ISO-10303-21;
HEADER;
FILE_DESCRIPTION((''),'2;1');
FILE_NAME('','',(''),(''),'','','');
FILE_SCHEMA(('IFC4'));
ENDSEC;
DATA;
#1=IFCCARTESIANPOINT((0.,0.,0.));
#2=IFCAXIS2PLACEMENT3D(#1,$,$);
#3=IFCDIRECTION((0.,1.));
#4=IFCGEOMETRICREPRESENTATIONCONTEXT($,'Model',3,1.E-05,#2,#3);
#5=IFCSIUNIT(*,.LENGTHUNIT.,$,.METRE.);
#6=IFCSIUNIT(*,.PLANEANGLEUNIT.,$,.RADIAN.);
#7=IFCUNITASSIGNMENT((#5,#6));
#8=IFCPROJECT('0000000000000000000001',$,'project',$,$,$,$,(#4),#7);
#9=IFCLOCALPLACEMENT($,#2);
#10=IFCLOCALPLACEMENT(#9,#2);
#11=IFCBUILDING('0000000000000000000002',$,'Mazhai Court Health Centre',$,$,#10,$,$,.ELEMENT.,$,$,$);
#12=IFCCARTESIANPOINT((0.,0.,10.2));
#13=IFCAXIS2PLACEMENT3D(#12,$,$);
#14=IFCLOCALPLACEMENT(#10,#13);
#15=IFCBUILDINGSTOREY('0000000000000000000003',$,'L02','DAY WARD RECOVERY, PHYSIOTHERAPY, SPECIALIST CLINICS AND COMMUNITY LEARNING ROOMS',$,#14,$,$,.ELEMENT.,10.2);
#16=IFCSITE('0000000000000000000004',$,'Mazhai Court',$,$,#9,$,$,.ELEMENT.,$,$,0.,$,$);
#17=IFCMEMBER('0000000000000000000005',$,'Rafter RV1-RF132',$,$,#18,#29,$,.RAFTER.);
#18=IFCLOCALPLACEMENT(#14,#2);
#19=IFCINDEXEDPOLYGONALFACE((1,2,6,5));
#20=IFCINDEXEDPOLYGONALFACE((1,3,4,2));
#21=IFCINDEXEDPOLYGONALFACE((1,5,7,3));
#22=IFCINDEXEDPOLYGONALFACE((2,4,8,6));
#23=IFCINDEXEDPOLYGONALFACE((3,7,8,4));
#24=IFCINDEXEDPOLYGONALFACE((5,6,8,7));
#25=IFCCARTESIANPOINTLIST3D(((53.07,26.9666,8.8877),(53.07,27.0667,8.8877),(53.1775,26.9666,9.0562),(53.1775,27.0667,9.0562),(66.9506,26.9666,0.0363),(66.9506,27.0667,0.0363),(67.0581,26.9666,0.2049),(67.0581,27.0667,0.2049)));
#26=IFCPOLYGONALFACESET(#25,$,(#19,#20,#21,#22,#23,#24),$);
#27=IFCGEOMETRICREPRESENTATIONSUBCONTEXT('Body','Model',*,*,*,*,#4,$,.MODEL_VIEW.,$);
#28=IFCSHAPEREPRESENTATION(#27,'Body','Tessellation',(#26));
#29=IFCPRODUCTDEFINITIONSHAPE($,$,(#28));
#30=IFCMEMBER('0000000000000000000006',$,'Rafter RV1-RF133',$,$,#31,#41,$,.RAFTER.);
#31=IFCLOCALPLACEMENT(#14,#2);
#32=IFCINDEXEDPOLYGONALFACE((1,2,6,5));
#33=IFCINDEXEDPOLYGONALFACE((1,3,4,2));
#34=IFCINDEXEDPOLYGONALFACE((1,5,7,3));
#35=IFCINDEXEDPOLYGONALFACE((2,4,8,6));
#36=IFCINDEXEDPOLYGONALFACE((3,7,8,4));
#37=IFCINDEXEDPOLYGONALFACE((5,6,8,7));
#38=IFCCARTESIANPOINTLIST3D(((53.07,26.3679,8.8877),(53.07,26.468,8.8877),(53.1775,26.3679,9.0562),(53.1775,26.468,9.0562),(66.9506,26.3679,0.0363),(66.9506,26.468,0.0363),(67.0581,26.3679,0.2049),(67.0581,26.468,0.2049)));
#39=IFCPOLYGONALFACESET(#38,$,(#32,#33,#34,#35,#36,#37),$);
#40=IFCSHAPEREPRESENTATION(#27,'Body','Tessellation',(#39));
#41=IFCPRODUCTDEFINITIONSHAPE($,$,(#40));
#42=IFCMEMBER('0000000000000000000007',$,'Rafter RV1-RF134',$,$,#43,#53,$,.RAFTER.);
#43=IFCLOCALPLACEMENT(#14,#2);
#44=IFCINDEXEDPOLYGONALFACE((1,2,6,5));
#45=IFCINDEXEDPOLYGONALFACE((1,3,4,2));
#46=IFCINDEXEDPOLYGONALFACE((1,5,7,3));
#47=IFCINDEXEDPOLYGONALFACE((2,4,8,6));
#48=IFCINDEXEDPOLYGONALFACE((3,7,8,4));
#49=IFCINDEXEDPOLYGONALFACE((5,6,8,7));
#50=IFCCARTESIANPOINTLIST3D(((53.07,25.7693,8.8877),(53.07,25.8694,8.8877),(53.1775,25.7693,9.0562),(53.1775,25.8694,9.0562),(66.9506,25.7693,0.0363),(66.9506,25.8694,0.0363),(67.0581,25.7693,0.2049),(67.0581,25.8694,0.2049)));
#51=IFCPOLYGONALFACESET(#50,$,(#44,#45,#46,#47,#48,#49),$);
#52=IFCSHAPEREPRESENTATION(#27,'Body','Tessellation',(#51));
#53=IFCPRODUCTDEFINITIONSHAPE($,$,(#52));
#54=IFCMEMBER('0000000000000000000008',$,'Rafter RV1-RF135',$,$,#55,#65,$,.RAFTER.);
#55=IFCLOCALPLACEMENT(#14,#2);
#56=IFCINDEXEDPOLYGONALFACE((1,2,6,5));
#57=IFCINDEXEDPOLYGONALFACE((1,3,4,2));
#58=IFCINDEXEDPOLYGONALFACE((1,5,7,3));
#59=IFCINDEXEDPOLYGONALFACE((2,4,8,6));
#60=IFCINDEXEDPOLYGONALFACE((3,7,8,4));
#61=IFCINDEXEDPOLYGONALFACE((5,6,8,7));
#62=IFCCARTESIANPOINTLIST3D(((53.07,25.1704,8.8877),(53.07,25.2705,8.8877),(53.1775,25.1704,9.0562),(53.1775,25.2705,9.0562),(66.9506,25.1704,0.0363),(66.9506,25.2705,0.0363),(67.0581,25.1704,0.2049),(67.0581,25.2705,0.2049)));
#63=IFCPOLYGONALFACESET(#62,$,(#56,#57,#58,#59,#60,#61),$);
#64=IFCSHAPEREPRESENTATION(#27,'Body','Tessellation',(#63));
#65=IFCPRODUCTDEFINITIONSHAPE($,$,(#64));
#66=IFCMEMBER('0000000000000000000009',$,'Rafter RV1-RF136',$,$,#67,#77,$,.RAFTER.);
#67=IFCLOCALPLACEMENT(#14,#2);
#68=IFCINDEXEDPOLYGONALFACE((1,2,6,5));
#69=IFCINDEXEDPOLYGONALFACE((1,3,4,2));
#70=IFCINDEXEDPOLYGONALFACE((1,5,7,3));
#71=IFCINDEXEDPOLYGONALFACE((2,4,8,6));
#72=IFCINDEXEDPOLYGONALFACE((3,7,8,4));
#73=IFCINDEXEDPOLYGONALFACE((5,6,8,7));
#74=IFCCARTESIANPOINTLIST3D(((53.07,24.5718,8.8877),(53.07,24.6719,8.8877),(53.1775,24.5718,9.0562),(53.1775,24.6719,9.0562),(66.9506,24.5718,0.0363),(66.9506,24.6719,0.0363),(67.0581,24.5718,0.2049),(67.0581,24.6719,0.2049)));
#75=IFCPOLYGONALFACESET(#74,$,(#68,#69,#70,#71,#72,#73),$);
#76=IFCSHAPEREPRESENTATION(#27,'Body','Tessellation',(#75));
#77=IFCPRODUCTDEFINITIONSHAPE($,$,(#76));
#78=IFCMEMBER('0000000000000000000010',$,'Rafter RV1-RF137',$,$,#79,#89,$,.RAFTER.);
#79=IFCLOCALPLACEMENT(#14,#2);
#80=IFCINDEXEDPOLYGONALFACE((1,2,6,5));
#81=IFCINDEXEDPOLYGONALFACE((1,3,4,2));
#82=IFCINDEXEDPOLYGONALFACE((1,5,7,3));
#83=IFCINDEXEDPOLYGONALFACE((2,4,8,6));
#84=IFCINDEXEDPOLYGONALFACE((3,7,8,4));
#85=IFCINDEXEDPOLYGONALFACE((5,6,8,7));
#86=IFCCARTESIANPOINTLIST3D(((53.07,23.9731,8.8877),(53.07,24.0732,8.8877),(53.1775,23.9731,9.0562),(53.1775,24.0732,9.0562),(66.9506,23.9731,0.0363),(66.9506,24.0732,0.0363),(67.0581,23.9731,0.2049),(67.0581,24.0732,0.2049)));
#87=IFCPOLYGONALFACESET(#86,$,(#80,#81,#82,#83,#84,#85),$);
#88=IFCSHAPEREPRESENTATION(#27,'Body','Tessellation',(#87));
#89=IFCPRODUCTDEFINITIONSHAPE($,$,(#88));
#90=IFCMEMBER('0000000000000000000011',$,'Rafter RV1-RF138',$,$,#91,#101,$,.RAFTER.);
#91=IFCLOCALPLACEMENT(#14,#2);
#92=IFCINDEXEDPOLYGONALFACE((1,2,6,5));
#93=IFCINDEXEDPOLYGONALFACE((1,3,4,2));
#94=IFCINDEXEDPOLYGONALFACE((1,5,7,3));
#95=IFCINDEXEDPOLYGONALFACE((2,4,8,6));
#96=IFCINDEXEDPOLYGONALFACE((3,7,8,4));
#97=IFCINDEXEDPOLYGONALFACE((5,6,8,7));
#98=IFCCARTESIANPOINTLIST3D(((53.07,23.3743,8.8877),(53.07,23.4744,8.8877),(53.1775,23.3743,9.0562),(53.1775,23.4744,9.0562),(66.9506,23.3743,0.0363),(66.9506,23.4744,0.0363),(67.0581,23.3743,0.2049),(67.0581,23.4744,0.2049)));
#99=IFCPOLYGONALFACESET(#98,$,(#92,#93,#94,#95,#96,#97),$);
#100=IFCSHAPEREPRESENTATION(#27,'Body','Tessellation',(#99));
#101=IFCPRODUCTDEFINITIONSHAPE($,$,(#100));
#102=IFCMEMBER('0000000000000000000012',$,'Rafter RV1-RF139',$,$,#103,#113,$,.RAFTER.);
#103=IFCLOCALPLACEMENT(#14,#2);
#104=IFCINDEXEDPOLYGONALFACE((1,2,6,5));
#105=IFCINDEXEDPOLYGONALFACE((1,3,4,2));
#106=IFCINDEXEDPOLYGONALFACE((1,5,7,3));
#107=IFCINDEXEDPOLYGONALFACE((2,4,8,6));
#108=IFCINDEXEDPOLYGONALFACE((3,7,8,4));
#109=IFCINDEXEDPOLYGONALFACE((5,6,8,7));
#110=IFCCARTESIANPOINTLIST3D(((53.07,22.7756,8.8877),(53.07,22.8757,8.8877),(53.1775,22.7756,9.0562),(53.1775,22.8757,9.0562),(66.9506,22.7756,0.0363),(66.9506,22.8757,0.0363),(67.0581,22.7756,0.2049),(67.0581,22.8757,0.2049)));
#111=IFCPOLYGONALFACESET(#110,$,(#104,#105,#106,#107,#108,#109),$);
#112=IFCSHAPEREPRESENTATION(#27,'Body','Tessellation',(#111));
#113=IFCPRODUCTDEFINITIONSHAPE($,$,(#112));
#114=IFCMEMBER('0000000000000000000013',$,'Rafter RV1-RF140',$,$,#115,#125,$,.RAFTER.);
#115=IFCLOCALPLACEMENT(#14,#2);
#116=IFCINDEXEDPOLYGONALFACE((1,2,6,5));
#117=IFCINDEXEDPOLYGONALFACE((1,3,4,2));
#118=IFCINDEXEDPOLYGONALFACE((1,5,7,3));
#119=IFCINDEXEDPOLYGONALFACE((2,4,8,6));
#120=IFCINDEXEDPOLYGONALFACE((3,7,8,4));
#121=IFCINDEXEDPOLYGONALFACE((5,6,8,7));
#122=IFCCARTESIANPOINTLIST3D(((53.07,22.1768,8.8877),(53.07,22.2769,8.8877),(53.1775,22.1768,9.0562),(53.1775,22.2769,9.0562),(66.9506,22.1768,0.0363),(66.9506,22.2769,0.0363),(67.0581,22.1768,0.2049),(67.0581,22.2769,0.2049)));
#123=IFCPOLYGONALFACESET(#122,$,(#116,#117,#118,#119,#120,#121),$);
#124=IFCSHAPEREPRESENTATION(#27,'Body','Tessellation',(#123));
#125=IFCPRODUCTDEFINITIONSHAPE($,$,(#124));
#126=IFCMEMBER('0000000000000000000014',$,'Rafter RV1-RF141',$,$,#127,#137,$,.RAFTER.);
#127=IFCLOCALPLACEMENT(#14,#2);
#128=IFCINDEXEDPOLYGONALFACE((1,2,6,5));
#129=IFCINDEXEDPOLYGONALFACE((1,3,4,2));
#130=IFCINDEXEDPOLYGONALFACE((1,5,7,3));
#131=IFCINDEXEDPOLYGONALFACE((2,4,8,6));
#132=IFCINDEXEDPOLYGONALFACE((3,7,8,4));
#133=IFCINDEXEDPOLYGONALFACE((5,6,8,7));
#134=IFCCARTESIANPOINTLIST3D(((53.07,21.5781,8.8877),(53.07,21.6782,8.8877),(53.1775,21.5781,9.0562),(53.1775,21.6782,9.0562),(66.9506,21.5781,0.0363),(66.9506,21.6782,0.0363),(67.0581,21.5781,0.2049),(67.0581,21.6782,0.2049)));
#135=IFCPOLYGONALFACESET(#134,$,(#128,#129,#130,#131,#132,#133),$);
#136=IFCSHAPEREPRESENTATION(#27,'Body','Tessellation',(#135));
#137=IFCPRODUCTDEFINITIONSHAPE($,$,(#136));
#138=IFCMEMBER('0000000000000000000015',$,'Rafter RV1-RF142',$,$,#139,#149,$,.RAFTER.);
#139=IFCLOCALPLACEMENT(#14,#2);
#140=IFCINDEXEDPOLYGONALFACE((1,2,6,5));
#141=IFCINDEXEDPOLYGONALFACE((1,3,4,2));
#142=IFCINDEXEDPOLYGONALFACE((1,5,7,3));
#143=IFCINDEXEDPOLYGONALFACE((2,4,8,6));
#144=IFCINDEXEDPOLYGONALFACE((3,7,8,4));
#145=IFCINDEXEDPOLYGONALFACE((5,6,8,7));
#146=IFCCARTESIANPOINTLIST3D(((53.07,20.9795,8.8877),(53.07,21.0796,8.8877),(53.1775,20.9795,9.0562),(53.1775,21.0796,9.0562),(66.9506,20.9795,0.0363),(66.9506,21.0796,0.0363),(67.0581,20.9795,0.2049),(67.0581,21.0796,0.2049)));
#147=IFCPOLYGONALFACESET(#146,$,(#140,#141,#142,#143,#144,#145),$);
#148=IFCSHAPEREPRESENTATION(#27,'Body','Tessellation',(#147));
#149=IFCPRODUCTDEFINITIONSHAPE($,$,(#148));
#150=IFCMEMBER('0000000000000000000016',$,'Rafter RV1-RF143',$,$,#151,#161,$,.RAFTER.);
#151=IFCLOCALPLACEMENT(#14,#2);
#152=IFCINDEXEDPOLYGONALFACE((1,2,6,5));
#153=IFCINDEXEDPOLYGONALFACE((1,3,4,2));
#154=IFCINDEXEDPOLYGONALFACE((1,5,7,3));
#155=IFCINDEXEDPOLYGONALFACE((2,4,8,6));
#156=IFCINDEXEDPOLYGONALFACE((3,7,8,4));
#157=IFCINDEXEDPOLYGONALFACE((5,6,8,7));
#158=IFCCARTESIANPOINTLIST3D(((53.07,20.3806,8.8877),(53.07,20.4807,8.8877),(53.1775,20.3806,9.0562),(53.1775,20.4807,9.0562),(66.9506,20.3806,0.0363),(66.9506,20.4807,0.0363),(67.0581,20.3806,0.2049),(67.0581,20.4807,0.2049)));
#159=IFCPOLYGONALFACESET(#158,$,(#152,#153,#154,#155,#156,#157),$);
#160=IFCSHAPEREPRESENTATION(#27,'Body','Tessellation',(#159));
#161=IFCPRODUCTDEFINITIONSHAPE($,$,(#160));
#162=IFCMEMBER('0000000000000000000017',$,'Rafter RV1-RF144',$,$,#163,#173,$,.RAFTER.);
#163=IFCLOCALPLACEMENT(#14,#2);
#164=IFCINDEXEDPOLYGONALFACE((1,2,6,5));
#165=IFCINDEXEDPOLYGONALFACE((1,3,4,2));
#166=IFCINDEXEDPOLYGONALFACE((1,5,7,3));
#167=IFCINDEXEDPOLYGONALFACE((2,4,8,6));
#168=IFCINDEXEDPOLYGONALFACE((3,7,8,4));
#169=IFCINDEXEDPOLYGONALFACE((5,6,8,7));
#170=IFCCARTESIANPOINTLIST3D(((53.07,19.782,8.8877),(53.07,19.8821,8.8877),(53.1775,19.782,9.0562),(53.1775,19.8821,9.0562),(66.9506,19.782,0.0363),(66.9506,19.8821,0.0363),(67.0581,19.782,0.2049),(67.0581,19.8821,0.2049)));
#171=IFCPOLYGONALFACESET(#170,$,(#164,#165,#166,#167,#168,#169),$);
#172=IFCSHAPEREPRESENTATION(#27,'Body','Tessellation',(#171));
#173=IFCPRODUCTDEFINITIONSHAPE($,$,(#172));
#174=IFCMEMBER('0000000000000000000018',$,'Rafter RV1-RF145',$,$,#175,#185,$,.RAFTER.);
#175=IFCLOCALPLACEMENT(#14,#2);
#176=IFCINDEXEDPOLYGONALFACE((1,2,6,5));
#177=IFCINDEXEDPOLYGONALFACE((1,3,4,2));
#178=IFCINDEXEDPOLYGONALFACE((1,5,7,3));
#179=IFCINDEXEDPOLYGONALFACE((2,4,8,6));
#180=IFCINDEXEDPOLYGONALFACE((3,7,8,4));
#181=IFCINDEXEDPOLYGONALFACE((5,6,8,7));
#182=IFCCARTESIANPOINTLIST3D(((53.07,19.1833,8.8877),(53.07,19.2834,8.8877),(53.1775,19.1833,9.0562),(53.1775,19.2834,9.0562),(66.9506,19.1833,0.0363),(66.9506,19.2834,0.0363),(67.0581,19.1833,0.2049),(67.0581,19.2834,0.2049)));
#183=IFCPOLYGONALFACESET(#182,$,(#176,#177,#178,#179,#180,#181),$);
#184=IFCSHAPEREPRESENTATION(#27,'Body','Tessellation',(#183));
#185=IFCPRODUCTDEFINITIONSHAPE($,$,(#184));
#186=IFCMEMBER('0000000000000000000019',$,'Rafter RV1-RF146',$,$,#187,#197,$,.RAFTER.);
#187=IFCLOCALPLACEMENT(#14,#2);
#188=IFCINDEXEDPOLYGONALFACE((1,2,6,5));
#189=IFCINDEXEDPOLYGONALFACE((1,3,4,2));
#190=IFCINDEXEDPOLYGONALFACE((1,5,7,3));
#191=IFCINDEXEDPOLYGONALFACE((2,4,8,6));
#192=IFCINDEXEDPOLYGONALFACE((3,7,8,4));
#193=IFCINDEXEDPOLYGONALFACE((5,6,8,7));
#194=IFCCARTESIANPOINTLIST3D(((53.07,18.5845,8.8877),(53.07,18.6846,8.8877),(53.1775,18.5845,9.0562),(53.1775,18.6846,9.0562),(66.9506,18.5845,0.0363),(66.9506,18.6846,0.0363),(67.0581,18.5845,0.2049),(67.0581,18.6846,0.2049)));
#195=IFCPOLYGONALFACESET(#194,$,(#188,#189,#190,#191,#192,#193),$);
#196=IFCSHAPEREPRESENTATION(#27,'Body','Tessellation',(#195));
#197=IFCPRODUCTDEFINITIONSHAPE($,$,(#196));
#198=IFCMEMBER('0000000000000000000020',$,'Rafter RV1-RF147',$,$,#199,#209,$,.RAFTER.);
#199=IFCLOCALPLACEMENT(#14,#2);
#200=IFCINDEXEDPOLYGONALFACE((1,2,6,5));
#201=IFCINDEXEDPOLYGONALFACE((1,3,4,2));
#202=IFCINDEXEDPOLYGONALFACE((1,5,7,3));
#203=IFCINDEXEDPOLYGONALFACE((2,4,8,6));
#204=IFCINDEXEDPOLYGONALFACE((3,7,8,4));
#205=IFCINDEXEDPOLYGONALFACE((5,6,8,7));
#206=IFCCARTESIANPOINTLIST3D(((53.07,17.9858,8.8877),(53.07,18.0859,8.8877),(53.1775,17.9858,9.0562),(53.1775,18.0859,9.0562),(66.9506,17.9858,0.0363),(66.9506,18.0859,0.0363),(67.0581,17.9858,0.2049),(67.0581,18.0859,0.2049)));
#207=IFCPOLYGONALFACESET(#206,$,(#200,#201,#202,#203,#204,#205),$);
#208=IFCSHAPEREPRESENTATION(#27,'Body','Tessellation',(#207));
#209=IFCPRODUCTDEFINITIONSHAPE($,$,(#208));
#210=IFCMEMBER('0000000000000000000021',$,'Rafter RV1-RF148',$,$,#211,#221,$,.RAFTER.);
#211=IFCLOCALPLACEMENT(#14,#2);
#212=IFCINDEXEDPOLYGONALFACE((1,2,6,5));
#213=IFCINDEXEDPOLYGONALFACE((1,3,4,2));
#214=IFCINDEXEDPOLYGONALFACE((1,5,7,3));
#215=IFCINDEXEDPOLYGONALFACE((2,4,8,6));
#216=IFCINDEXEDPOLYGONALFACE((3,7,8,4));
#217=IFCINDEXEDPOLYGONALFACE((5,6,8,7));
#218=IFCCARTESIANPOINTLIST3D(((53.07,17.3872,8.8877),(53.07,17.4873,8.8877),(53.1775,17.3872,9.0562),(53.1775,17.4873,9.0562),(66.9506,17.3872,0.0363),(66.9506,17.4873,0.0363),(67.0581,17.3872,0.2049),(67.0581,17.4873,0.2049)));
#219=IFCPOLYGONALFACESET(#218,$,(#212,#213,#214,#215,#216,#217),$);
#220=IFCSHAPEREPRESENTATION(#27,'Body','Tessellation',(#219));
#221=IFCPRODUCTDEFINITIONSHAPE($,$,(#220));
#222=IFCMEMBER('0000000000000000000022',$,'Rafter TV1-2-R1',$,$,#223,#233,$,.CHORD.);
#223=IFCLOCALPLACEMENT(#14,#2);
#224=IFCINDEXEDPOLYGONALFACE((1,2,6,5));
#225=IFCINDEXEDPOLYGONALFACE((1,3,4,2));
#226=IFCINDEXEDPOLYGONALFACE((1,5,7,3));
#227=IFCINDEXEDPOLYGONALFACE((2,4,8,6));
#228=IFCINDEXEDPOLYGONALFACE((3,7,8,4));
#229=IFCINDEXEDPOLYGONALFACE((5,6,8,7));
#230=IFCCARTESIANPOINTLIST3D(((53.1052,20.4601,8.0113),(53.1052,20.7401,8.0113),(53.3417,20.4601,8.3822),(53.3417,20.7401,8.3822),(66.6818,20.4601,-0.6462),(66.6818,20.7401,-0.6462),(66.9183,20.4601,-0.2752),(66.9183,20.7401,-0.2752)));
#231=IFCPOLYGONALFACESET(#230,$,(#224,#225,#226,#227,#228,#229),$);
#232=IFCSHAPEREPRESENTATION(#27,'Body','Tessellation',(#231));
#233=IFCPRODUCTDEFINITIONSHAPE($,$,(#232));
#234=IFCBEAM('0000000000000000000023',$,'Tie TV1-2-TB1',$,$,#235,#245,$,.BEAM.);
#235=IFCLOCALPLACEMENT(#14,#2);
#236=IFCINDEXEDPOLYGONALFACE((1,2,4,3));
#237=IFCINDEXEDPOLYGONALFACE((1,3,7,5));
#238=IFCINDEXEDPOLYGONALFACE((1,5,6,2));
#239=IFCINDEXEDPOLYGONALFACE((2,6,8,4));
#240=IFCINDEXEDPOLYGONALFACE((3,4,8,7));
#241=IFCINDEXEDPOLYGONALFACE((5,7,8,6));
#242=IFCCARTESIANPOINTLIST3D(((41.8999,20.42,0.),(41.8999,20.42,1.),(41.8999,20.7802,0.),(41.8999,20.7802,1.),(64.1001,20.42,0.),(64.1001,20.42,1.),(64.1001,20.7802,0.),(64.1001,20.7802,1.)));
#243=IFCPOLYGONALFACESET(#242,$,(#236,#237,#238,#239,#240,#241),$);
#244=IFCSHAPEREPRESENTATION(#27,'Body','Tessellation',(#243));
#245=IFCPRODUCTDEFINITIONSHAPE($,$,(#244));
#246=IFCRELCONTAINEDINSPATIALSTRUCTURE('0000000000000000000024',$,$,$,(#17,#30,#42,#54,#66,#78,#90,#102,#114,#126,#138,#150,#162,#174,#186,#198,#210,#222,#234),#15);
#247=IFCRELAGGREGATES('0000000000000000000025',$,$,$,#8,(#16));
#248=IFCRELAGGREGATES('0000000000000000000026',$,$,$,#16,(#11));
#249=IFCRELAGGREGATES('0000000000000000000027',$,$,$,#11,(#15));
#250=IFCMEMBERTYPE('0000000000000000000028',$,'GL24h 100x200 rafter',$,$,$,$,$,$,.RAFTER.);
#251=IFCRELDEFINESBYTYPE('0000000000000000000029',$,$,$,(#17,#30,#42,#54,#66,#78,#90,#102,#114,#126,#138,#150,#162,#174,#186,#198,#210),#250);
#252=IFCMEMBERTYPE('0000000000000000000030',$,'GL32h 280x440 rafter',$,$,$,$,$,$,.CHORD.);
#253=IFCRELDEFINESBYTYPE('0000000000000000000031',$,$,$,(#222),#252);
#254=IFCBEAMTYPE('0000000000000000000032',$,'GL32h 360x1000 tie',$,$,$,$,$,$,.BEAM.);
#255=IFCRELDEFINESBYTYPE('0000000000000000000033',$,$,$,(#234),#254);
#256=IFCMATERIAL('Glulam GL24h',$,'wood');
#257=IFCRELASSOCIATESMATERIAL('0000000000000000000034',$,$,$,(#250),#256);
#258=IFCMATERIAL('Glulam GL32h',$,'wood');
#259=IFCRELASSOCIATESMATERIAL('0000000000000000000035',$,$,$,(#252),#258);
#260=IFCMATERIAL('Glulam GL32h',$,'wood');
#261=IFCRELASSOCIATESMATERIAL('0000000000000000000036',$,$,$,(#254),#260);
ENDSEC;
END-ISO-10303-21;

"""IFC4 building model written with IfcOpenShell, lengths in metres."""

from ifc_helpers import new_model, si_unit, direction, frame, origin, origin_2d, place, context, subcontext, project, spatial, rectangle, extrude, material, material_profile, profile_set, type_object, element, save


model = new_model("IFC4")

# Units and contexts
model_context = context("Model", 3, precision=1e-05, world=origin(), true_north=direction((0.0, 1.0)))
body_context = subcontext(model_context, "Body", "Model", "MODEL_VIEW")
ifc_project = project(units=[si_unit("LENGTHUNIT", "METRE"), si_unit("PLANEANGLEUNIT", "RADIAN")], contexts=[model_context])

# Site, building, storey
site_placement = place(None, origin())
site = spatial("IfcSite", under=ifc_project, at=site_placement, Name="Mazhai Court", CompositionType="ELEMENT", RefElevation=0.0)
building_placement = place(site_placement, origin())
building = spatial("IfcBuilding", under=site, at=building_placement, Name="Mazhai Court Health Centre", CompositionType="ELEMENT")
storey_placement = place(building_placement, frame((0.0, 0.0, 10.2)))
storey = spatial("IfcBuildingStorey", under=building, at=storey_placement, Name="L02", Description="DAY WARD RECOVERY, PHYSIOTHERAPY, SPECIALIST CLINICS AND COMMUNITY LEARNING ROOMS", CompositionType="ELEMENT", Elevation=10.2)

# Members
ifc_material_1 = material(Name="Glulam GL24h", Category="wood")
ifc_material_profile_1 = material_profile(ifc_material_1, rectangle(XDim=0.1001, YDim=0.2, at=origin_2d()), Name="GL24h 100x200")
ifc_profile_set_1 = profile_set([ifc_material_profile_1], Name="Glulam GL24h")
member_type_1 = type_object("IfcMemberType", Name="GL24h 100x200 rafter", PredefinedType="RAFTER", material=ifc_profile_set_1)
for number, where, z_axis, x_axis, name in (
    (1, (67.0044, 27.0166, 0.1206), (-0.84316, 0.0, 0.537662), (0.0, -1.0, 0.0), "Rafter RV1-RF132"),
    (2, (67.0044, 26.418, 0.1206), (-0.84316, 0.0, 0.537662), (0.0, -1.0, 0.0), "Rafter RV1-RF133"),
    (3, (67.0044, 25.8193, 0.1206), (-0.84316, 0.0, 0.537662), (0.0, -1.0, 0.0), "Rafter RV1-RF134"),
    (4, (67.0044, 25.2205, 0.1206), (-0.84316, 0.0, 0.537662), (0.0, -1.0, 0.0), "Rafter RV1-RF135"),
    (5, (67.0044, 24.6218, 0.1206), (-0.84316, 0.0, 0.537662), (0.0, -1.0, 0.0), "Rafter RV1-RF136"),
    (6, (67.0044, 24.0232, 0.1206), (-0.84316, 0.0, 0.537662), (0.0, -1.0, 0.0), "Rafter RV1-RF137"),
    (7, (67.0044, 23.4243, 0.1206), (-0.84316, 0.0, 0.537662), (0.0, -1.0, 0.0), "Rafter RV1-RF138"),
    (8, (67.0044, 22.8257, 0.1206), (-0.84316, 0.0, 0.537662), (0.0, -1.0, 0.0), "Rafter RV1-RF139"),
    (9, (67.0044, 22.2268, 0.1206), (-0.84316, 0.0, 0.537662), (0.0, -1.0, 0.0), "Rafter RV1-RF140"),
    (10, (67.0044, 21.6282, 0.1206), (-0.84316, 0.0, 0.537662), (0.0, -1.0, 0.0), "Rafter RV1-RF141"),
    (11, (67.0044, 21.0295, 0.1206), (-0.84316, 0.0, 0.537662), (0.0, -1.0, 0.0), "Rafter RV1-RF142"),
    (12, (67.0044, 20.4307, 0.1206), (-0.84316, 0.0, 0.537662), (0.0, -1.0, 0.0), "Rafter RV1-RF143"),
    (13, (67.0044, 19.832, 0.1206), (-0.84316, 0.0, 0.537662), (0.0, -1.0, 0.0), "Rafter RV1-RF144"),
    (14, (67.0044, 19.2334, 0.1206), (-0.84316, 0.0, 0.537662), (0.0, -1.0, 0.0), "Rafter RV1-RF145"),
    (15, (67.0044, 18.6345, 0.1206), (-0.84316, 0.0, 0.537662), (0.0, -1.0, 0.0), "Rafter RV1-RF146"),
    (16, (67.0044, 18.0359, 0.1206), (-0.84316, 0.0, 0.537662), (0.0, -1.0, 0.0), "Rafter RV1-RF147"),
    (17, (67.0044, 17.4373, 0.1206), (-0.84316, 0.0, 0.537662), (0.0, -1.0, 0.0), "Rafter RV1-RF148"),
):
    element("IfcMember", number, at=place(storey_placement, frame(where, z_axis=z_axis, x_axis=x_axis)), inside=storey, type_object=member_type_1, Name=name, PredefinedType="RAFTER", context=body_context, shape_type="SweptSolid", body=[
        extrude(rectangle(XDim=0.1001, YDim=0.2, at=origin_2d()), origin(), (0.0, 0.0, 1.0), 16.4626),
    ])
ifc_material_2 = material(Name="Glulam GL32h", Category="wood")
ifc_material_profile_2 = material_profile(ifc_material_2, rectangle(XDim=0.28, YDim=0.4399, at=origin_2d()), Name="GL32h 280x440")
ifc_profile_set_2 = profile_set([ifc_material_profile_2], Name="Glulam GL32h")
member_type_2 = type_object("IfcMemberType", Name="GL32h 280x440 rafter", PredefinedType="CHORD", material=ifc_profile_set_2)
member_placement = place(storey_placement, frame((66.8, 20.6001, -0.4607), z_axis=(-0.843161, 0.0, 0.537661), x_axis=(0.0, -1.0, 0.0)))
element("IfcMember", 18, at=member_placement, inside=storey, type_object=member_type_2, Name="Rafter TV1-2-R1", PredefinedType="CHORD", context=body_context, shape_type="SweptSolid", body=[
    extrude(rectangle(XDim=0.28, YDim=0.4399, at=origin_2d()), origin(), (0.0, 0.0, 1.0), 16.1021),
])

# Beam
ifc_material_3 = material(Name="Glulam GL32h", Category="wood")
ifc_material_profile_3 = material_profile(ifc_material_3, rectangle(XDim=0.3601, YDim=1.0, at=origin_2d()), Name="GL32h 360x1000")
ifc_profile_set_3 = profile_set([ifc_material_profile_3], Name="Glulam GL32h")
beam_type = type_object("IfcBeamType", Name="GL32h 360x1000 tie", PredefinedType="BEAM", material=ifc_profile_set_3)
beam_placement = place(storey_placement, frame((64.1001, 20.6001, 0.5), z_axis=(-1.0, 0.0, 0.0), x_axis=(0.0, -1.0, 0.0)))
element("IfcBeam", 19, at=beam_placement, inside=storey, type_object=beam_type, Name="Tie TV1-2-TB1", PredefinedType="BEAM", context=body_context, shape_type="SweptSolid", body=[
    extrude(rectangle(XDim=0.3601, YDim=1.0, at=origin_2d()), origin(), (0.0, 0.0, 1.0), 22.2002),
])

save(model, "model.ifc")
